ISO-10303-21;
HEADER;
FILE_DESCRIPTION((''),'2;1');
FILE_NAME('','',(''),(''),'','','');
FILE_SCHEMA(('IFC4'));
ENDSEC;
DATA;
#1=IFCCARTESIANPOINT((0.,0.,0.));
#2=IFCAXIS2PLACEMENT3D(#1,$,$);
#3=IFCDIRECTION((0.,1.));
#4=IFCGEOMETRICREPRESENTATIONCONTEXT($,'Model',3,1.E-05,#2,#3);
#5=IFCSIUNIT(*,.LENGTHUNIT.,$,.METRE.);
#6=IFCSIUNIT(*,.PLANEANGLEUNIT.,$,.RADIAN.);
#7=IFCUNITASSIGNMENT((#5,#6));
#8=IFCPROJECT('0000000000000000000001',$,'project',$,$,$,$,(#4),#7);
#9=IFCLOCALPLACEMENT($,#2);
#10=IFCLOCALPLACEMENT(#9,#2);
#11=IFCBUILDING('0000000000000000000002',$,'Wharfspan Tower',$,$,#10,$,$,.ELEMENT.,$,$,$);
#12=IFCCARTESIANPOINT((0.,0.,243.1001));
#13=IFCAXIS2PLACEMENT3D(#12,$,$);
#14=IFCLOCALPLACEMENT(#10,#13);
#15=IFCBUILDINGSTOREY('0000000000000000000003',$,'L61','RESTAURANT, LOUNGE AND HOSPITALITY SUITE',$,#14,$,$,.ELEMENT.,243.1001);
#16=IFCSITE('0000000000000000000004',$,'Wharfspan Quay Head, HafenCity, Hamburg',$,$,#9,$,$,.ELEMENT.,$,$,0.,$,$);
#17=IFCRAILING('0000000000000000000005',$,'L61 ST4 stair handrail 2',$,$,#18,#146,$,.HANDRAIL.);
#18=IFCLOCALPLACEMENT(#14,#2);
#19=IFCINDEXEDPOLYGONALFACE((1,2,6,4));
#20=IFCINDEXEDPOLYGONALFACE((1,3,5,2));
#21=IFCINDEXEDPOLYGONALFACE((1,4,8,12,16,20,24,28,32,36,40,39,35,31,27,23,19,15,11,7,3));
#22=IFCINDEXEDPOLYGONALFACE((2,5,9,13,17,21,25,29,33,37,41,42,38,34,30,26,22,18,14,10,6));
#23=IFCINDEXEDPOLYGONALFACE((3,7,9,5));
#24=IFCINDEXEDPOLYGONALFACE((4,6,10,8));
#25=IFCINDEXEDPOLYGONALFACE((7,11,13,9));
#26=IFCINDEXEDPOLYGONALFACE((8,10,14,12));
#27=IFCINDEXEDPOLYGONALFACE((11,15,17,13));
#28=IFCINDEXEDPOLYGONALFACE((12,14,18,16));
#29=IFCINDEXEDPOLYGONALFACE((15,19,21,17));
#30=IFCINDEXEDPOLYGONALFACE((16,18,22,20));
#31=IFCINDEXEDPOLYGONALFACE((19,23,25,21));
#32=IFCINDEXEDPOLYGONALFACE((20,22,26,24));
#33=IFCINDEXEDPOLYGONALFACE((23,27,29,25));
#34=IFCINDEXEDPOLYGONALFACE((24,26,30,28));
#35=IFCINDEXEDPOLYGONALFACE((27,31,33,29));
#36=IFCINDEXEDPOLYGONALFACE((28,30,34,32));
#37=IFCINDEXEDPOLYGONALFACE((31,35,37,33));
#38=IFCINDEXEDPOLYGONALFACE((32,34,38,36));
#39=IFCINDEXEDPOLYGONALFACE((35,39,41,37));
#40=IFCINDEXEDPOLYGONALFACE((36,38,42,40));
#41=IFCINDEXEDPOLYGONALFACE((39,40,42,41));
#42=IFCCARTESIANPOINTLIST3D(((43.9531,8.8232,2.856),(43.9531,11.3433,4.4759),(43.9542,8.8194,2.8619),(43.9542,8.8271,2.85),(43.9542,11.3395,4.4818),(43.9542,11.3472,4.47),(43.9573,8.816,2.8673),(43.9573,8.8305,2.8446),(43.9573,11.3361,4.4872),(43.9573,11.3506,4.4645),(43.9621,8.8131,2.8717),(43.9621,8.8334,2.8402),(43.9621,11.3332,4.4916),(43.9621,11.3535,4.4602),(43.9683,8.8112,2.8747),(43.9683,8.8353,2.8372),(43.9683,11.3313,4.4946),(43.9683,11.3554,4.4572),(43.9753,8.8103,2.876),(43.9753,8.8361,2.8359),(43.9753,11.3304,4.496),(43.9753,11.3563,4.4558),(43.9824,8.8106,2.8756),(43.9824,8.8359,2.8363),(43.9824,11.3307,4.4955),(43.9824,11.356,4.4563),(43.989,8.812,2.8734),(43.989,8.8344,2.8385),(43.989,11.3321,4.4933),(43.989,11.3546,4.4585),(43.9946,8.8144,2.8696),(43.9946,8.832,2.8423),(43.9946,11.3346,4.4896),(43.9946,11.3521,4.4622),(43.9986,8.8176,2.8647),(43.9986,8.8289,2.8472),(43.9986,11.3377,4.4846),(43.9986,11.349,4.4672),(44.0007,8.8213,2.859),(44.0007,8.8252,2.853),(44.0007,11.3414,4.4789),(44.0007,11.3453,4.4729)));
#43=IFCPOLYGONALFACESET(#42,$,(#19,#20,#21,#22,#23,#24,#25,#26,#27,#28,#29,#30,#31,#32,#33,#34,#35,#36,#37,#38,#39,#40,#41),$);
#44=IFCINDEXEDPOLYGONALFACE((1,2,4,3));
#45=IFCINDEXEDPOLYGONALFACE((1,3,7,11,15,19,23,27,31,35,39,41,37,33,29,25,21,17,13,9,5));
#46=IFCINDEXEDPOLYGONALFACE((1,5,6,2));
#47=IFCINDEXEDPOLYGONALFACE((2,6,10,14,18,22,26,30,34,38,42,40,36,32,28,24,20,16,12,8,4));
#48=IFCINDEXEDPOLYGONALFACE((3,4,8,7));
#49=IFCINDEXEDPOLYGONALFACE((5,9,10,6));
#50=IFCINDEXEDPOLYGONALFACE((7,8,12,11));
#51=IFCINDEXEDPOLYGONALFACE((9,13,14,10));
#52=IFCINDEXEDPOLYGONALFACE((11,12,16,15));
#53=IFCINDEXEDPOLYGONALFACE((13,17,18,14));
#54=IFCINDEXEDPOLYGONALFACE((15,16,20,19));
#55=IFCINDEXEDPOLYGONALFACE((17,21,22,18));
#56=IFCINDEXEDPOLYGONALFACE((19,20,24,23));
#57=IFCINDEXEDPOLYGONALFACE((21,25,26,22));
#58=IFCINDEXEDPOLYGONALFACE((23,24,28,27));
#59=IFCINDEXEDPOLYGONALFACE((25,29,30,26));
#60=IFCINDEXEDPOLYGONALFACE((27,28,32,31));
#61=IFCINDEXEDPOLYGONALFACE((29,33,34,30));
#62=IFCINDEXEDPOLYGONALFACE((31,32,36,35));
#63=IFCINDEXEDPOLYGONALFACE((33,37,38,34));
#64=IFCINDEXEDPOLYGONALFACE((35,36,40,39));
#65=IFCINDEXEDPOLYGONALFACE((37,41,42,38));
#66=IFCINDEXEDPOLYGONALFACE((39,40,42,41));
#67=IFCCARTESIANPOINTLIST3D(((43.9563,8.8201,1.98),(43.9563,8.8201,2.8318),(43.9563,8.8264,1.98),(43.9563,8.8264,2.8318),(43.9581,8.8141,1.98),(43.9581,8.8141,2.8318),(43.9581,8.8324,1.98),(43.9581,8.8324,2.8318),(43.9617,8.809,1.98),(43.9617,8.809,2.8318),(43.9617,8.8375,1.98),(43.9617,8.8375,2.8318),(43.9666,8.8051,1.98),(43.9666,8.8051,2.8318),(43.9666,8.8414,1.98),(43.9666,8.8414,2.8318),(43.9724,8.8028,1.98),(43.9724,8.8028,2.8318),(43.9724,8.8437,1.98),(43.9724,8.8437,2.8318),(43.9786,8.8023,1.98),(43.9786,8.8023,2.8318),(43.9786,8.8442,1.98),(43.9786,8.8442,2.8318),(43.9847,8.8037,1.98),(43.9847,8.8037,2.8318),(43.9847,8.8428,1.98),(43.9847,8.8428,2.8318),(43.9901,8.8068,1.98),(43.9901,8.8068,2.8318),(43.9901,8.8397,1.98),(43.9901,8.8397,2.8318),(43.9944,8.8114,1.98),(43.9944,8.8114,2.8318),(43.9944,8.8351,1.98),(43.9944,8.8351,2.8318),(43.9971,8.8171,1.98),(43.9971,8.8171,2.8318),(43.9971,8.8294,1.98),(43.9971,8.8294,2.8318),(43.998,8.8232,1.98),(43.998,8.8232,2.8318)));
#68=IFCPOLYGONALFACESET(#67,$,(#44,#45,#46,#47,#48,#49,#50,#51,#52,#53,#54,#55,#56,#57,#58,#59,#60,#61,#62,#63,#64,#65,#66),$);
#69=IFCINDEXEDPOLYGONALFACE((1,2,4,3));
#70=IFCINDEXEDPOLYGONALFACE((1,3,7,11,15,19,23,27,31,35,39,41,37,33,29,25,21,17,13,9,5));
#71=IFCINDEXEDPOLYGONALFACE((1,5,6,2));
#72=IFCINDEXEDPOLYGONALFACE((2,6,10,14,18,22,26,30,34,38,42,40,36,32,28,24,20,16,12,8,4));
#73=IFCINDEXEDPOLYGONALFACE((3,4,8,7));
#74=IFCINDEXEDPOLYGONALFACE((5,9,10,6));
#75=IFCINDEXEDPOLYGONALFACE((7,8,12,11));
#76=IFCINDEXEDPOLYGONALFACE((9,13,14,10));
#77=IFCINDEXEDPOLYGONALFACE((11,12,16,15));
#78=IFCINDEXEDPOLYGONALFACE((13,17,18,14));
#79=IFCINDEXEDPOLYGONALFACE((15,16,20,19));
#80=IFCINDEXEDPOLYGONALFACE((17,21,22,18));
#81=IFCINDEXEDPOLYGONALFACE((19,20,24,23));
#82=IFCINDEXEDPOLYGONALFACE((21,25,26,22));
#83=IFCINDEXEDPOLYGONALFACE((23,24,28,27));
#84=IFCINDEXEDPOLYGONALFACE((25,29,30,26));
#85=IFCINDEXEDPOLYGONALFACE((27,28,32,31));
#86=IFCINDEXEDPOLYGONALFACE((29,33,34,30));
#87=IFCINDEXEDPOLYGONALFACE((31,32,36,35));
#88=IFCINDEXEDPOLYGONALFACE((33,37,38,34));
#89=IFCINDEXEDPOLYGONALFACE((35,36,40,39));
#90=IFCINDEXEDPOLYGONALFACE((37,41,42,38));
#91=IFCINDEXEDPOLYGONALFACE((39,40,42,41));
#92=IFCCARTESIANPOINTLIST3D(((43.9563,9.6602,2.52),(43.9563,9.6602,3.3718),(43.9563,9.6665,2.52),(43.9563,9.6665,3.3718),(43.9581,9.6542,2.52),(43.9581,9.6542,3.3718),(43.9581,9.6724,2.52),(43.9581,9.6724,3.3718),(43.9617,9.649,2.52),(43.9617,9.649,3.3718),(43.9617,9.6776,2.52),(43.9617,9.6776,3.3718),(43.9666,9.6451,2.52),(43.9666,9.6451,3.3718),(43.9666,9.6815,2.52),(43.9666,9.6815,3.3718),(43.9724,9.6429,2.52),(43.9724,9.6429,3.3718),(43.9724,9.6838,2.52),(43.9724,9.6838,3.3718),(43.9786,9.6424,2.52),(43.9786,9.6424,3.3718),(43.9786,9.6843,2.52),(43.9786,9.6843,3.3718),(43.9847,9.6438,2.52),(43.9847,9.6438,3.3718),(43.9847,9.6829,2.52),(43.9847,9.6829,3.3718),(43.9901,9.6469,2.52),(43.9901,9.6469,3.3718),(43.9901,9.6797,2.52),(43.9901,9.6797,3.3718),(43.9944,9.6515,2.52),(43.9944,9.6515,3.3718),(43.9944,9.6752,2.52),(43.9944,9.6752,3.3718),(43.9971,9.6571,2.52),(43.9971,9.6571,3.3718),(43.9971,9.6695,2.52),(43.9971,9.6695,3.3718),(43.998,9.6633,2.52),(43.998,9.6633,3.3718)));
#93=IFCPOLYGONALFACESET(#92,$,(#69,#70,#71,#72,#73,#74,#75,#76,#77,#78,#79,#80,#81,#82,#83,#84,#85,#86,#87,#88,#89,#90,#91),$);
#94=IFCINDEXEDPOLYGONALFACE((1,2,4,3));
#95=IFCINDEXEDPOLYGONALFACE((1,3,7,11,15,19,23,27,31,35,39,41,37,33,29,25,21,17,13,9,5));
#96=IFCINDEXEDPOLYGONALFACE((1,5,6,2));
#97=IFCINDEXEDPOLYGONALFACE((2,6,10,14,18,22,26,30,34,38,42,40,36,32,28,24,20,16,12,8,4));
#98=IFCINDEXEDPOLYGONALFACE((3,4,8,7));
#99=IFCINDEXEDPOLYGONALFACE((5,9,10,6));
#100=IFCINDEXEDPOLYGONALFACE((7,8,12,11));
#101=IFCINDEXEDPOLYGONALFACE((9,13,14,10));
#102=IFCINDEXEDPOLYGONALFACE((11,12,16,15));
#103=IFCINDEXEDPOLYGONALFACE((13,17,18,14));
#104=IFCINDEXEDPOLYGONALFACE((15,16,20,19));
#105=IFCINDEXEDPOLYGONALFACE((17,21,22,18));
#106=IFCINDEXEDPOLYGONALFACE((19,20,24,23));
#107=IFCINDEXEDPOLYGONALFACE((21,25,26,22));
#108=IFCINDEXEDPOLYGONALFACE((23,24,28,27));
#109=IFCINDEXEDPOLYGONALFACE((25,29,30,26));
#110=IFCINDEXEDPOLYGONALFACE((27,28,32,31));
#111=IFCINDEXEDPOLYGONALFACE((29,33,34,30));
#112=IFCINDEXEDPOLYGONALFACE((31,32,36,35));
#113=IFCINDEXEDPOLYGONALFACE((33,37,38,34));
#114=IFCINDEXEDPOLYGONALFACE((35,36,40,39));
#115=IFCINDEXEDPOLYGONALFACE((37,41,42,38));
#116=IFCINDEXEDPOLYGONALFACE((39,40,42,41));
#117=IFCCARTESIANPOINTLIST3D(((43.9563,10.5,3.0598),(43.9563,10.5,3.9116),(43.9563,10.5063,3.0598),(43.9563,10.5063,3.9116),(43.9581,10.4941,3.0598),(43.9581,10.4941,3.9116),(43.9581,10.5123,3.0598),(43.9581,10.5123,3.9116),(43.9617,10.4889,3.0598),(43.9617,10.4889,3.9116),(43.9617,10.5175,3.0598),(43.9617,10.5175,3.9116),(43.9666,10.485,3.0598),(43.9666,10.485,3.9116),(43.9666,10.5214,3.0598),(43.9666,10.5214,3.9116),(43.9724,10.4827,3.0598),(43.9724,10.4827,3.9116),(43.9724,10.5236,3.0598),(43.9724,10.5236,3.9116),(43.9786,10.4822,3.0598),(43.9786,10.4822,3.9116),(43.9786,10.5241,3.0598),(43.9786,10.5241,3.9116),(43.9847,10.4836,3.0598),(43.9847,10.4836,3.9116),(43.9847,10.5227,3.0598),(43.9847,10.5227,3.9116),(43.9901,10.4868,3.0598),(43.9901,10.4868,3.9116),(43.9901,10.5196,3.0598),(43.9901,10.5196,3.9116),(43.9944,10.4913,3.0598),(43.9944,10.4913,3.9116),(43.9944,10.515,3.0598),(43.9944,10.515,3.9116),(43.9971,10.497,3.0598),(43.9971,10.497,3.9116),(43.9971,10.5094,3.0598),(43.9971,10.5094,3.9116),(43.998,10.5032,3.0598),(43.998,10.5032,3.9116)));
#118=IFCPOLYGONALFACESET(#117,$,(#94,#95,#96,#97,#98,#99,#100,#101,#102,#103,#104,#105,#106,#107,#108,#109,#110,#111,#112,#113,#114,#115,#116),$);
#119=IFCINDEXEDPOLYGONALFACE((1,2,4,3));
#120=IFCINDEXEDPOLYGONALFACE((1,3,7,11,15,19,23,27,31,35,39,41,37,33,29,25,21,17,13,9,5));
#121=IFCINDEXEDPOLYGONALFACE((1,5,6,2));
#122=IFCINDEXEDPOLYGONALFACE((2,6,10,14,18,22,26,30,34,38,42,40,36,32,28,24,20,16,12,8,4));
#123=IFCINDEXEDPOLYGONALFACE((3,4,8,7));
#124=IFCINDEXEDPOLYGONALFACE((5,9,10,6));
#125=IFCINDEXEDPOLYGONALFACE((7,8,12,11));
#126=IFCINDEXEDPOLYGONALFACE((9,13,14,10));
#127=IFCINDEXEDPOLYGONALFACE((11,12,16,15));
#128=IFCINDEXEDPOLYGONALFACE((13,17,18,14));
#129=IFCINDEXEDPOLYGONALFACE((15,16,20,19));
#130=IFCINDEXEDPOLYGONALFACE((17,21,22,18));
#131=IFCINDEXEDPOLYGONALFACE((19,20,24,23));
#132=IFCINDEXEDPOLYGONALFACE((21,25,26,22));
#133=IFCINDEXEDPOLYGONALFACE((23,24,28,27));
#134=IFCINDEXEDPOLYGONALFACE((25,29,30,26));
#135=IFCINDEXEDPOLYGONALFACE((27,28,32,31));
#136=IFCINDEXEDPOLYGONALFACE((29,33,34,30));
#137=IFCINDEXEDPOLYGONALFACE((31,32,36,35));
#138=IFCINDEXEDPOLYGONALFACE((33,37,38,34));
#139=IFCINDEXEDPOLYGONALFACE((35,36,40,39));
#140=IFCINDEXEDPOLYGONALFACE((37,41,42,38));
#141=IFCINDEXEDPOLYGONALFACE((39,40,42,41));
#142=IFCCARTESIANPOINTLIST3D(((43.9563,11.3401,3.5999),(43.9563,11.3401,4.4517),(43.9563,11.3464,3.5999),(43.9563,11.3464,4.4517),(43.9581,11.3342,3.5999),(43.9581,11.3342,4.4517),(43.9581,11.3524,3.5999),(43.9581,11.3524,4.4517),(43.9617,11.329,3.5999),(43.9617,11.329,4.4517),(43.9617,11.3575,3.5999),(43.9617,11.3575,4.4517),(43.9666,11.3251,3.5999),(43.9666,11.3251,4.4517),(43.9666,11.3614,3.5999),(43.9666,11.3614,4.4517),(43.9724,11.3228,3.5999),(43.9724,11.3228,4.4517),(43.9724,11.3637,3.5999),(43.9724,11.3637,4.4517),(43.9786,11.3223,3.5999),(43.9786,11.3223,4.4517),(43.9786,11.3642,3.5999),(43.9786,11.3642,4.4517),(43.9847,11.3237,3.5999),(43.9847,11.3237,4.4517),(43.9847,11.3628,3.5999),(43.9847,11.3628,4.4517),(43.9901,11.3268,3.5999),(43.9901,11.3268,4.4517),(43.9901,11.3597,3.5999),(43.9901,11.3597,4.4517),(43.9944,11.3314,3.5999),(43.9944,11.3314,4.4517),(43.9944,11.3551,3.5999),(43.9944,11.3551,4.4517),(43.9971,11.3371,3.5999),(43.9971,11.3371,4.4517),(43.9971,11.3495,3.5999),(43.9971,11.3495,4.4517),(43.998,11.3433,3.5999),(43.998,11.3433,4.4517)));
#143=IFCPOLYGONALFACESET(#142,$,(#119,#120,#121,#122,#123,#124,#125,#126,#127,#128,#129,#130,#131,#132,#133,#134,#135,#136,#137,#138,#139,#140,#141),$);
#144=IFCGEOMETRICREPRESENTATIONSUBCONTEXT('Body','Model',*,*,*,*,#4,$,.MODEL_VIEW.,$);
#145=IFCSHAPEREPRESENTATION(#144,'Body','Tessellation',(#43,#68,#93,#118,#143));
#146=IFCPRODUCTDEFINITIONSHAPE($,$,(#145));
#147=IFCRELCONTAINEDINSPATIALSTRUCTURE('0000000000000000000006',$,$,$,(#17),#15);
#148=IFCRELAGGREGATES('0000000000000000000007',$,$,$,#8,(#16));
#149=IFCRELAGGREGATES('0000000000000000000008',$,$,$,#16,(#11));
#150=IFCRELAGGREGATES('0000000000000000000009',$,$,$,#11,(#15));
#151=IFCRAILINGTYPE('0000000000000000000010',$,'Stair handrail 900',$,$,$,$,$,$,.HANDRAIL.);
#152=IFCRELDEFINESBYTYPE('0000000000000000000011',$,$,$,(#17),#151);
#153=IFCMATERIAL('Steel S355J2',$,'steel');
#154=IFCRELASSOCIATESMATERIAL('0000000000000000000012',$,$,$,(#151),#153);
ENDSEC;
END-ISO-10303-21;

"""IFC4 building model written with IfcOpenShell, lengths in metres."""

from ifc_helpers import new_model, si_unit, direction, frame, origin, origin_2d, place, context, subcontext, project, spatial, circle, extrude, material, type_object, element, save


model = new_model("IFC4")

# Units and contexts
model_context = context("Model", 3, precision=1e-05, world=origin(), true_north=direction((0.0, 1.0)))
body_context = subcontext(model_context, "Body", "Model", "MODEL_VIEW")
ifc_project = project(units=[si_unit("LENGTHUNIT", "METRE"), si_unit("PLANEANGLEUNIT", "RADIAN")], contexts=[model_context])

# Site, building, storey
site_placement = place(None, origin())
site = spatial("IfcSite", under=ifc_project, at=site_placement, Name="Wharfspan Quay Head, HafenCity, Hamburg", CompositionType="ELEMENT", RefElevation=0.0)
building_placement = place(site_placement, origin())
building = spatial("IfcBuilding", under=site, at=building_placement, Name="Wharfspan Tower", CompositionType="ELEMENT")
storey_placement = place(building_placement, frame((0.0, 0.0, 243.1001)))
storey = spatial("IfcBuildingStorey", under=building, at=storey_placement, Name="L61", Description="RESTAURANT, LOUNGE AND HOSPITALITY SUITE", CompositionType="ELEMENT", Elevation=243.1001)

# Shared definitions
ifc_material_1 = material(Name="Steel S355J2", Category="steel")

# Railing
railing_type = type_object("IfcRailingType", Name="Stair handrail 900", PredefinedType="HANDRAIL", material=ifc_material_1)
railing_placement = place(storey_placement, frame((43.9771, 8.8232, 1.98)))
element("IfcRailing", 1, at=railing_placement, inside=storey, type_object=railing_type, Name="L61 ST4 stair handrail 2", PredefinedType="HANDRAIL", context=body_context, shape_type="SweptSolid", body=[
    extrude(circle(Radius=0.0239, at=origin_2d()), frame((0.0, 0.0, 0.876), z_axis=(0.0, 0.8412, 0.540725), x_axis=(-1.0, 0.0, 0.0)), (0.0, 0.0, 1.0), 2.9958),
    extrude(circle(Radius=0.021, at=origin_2d()), origin(), (0.0, 0.0, 1.0), 0.8518),
    extrude(circle(Radius=0.021, at=origin_2d()), frame((0.0, 0.8401, 0.54)), (0.0, 0.0, 1.0), 0.8518),
    extrude(circle(Radius=0.021, at=origin_2d()), frame((0.0, 1.6799, 1.0798)), (0.0, 0.0, 1.0), 0.8518),
    extrude(circle(Radius=0.021, at=origin_2d()), frame((0.0, 2.52, 1.6199)), (0.0, 0.0, 1.0), 0.8518),
])

save(model, "model.ifc")
